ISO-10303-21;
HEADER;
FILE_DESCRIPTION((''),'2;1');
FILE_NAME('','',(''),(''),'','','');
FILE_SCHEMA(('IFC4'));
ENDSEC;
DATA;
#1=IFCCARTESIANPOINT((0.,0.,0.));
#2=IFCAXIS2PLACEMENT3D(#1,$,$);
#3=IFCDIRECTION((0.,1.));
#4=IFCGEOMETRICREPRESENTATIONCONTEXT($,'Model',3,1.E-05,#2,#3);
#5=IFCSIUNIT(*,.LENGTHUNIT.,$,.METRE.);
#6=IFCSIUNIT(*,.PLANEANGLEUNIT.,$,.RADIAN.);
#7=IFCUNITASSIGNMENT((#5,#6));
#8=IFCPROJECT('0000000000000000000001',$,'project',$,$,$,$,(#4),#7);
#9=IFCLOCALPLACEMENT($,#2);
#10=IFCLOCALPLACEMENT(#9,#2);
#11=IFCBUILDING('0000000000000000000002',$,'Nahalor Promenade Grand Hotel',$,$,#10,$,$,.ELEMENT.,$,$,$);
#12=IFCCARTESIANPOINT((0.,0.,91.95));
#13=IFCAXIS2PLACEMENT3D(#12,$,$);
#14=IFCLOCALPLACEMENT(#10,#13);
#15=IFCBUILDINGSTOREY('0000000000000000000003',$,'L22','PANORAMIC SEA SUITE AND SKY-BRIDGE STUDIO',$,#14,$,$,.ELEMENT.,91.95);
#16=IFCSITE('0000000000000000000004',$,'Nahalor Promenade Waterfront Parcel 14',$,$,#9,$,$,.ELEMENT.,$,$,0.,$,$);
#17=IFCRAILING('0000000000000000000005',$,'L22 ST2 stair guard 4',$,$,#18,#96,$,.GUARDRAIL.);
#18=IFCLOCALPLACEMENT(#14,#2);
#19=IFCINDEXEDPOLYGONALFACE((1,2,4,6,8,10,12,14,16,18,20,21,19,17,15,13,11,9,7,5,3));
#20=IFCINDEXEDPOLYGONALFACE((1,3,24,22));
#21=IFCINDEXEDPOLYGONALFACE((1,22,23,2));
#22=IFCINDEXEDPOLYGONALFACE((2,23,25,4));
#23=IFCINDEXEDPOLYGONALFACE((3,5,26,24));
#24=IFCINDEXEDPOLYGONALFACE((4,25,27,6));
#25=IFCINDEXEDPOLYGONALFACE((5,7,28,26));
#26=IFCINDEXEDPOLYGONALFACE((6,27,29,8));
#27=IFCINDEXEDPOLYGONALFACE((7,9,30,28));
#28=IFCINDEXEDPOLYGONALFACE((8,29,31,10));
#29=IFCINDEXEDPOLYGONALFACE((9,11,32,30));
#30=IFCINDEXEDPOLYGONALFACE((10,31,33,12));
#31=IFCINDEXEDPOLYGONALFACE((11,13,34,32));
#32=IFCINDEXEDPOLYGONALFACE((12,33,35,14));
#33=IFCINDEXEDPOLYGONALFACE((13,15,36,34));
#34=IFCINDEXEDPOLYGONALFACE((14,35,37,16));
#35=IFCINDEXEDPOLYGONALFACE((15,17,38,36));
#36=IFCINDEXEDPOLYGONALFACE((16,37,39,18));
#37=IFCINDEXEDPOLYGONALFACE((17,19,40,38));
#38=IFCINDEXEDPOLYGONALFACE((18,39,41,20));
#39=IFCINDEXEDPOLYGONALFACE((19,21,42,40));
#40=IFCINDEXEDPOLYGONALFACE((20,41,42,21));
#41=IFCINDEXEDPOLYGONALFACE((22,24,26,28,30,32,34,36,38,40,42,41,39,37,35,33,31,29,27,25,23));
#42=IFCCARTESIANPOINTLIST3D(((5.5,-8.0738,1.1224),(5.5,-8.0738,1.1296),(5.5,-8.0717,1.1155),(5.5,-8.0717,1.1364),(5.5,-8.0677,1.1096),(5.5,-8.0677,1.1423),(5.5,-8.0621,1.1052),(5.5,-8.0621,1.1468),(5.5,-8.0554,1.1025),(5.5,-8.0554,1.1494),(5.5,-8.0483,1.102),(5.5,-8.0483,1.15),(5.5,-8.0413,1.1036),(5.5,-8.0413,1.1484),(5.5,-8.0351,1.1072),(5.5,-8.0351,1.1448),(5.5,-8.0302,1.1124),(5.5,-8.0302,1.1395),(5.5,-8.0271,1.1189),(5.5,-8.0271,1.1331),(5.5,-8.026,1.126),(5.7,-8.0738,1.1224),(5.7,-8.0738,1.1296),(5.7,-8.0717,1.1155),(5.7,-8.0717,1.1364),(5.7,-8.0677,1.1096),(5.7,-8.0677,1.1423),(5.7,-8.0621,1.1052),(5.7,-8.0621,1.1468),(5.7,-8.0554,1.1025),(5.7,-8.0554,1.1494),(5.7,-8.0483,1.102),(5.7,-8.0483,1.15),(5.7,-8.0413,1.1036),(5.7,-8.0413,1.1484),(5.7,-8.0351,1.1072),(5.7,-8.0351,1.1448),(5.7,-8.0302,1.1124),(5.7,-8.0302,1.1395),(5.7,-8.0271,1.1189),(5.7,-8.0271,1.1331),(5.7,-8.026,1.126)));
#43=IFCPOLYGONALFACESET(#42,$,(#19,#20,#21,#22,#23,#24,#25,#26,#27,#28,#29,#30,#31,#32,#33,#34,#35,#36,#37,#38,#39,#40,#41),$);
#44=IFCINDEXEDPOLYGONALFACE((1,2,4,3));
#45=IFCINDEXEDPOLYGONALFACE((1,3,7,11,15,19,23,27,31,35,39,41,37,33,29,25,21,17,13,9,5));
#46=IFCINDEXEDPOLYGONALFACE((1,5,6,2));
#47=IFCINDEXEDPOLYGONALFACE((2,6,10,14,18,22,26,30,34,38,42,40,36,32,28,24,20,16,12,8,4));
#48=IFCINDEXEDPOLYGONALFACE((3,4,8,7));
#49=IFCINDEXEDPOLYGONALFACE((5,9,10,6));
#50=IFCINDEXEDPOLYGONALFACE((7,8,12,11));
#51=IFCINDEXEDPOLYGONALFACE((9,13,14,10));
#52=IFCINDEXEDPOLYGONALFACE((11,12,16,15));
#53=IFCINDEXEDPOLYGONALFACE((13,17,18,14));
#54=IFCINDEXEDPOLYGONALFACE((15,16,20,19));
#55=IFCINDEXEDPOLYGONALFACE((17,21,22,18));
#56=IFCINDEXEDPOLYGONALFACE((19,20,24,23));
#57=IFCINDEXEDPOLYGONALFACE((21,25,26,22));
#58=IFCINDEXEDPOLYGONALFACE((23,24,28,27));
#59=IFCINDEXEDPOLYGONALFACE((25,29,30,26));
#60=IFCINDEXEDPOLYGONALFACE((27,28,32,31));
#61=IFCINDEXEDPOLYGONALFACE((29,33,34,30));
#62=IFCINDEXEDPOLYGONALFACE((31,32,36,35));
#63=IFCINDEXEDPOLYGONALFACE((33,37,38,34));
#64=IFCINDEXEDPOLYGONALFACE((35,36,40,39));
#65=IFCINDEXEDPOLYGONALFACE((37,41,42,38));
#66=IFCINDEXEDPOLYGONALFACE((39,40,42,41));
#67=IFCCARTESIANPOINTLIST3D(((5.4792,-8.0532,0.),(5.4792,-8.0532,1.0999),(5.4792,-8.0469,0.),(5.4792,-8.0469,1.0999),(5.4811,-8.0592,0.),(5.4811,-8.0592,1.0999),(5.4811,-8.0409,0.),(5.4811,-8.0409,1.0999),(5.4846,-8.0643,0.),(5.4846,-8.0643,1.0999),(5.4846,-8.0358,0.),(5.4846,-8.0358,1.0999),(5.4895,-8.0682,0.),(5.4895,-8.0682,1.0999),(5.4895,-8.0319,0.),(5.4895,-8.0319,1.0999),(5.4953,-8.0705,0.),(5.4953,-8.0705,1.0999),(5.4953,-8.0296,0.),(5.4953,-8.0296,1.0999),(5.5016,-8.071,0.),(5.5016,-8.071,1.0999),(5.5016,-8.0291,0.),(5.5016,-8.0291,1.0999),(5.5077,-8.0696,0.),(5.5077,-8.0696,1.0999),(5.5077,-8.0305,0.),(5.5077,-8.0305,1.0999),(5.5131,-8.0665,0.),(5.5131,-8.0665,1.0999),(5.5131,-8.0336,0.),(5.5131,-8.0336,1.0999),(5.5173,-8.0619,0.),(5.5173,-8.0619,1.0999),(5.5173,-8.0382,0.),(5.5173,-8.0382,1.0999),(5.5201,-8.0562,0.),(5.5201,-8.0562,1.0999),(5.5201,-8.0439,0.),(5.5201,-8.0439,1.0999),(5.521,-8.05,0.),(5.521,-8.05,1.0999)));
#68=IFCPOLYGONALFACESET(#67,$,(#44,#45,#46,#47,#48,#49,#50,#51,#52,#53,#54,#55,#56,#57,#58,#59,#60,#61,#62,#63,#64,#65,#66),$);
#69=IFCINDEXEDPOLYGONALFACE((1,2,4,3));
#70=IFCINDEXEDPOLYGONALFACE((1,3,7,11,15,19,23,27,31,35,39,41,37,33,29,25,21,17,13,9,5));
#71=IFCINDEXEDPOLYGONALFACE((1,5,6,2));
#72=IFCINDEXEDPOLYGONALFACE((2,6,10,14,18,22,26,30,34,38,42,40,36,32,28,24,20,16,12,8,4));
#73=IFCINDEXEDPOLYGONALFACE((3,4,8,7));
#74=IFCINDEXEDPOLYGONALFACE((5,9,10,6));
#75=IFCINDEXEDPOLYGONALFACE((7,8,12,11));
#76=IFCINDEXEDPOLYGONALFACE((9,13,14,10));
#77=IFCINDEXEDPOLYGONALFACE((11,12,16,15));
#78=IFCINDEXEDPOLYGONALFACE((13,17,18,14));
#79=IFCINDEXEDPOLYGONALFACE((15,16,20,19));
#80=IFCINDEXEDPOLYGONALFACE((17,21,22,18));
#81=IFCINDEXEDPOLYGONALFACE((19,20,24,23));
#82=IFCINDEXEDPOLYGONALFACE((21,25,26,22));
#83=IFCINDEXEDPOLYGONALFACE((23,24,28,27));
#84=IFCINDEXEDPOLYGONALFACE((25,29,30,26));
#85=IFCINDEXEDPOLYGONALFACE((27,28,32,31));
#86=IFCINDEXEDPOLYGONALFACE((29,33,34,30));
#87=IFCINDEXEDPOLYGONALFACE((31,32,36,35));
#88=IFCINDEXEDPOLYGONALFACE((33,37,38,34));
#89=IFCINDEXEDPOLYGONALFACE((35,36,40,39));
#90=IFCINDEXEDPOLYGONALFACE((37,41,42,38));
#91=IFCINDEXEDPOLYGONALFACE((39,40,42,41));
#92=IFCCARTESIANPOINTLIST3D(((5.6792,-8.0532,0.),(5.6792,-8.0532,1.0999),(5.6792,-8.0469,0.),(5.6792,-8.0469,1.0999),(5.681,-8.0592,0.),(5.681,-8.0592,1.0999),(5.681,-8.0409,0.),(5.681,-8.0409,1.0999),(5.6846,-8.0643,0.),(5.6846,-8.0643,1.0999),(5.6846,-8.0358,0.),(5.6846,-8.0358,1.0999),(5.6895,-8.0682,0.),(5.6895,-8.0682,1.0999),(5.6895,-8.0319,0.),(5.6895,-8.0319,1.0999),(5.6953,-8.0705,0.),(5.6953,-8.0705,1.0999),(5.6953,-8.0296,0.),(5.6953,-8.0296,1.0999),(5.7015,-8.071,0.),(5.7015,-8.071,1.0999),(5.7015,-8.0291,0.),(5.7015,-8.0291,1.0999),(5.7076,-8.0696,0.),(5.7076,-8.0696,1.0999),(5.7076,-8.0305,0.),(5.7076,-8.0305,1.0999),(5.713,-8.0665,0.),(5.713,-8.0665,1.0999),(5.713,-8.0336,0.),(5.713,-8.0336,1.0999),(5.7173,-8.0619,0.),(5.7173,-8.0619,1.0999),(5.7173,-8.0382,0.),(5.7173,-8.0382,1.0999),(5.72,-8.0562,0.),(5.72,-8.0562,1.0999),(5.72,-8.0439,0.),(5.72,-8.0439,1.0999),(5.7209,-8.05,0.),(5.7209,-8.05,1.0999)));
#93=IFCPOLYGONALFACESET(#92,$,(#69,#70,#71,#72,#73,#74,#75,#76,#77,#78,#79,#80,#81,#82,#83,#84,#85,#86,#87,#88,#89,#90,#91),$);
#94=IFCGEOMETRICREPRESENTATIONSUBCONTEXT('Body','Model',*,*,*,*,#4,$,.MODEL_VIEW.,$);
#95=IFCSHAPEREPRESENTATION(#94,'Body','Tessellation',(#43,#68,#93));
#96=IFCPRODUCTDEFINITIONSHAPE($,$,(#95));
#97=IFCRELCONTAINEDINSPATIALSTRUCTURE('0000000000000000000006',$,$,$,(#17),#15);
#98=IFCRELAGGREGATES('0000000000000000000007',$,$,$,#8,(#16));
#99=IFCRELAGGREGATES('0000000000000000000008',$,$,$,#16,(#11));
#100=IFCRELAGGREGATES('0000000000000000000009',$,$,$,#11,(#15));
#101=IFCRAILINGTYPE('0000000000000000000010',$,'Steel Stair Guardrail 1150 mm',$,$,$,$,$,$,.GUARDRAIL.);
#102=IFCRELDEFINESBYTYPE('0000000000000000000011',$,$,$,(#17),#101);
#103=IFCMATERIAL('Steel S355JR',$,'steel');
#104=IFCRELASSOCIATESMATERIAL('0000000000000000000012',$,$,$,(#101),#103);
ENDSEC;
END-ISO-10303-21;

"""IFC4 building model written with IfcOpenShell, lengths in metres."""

from ifc_helpers import new_model, si_unit, direction, frame, origin, origin_2d, place, context, subcontext, project, spatial, circle, extrude, material, type_object, element, save


model = new_model("IFC4")

# Units and contexts
model_context = context("Model", 3, precision=1e-05, world=origin(), true_north=direction((0.0, 1.0)))
body_context = subcontext(model_context, "Body", "Model", "MODEL_VIEW")
ifc_project = project(units=[si_unit("LENGTHUNIT", "METRE"), si_unit("PLANEANGLEUNIT", "RADIAN")], contexts=[model_context])

# Site, building, storey
site_placement = place(None, origin())
site = spatial("IfcSite", under=ifc_project, at=site_placement, Name="Nahalor Promenade Waterfront Parcel 14", CompositionType="ELEMENT", RefElevation=0.0)
building_placement = place(site_placement, origin())
building = spatial("IfcBuilding", under=site, at=building_placement, Name="Nahalor Promenade Grand Hotel", CompositionType="ELEMENT")
storey_placement = place(building_placement, frame((0.0, 0.0, 91.95)))
storey = spatial("IfcBuildingStorey", under=building, at=storey_placement, Name="L22", Description="PANORAMIC SEA SUITE AND SKY-BRIDGE STUDIO", CompositionType="ELEMENT", Elevation=91.95)

# Shared definitions
ifc_material_1 = material(Name="Steel S355JR", Category="steel")

# Railing
railing_type_1 = type_object("IfcRailingType", Name="Steel Stair Guardrail 1150 mm", PredefinedType="GUARDRAIL", material=ifc_material_1)
railing_1_placement = place(storey_placement, frame((5.5, -8.05, 0.0)))
element("IfcRailing", 1, at=railing_1_placement, inside=storey, type_object=railing_type_1, Name="L22 ST2 stair guard 4", PredefinedType="GUARDRAIL", context=body_context, shape_type="SweptSolid", body=[
    extrude(circle(Radius=0.024, at=origin_2d()), frame((0.0, 0.0, 1.126), z_axis=(1.0, 0.0, 0.0), x_axis=(0.0, 1.0, 0.0)), (0.0, 0.0, 1.0), 0.2),
    extrude(circle(Radius=0.021, at=origin_2d()), origin(), (0.0, 0.0, 1.0), 1.0999),
    extrude(circle(Radius=0.021, at=origin_2d()), frame((0.2, 0.0, 0.0)), (0.0, 0.0, 1.0), 1.0999),
])

save(model, "model.ifc")
